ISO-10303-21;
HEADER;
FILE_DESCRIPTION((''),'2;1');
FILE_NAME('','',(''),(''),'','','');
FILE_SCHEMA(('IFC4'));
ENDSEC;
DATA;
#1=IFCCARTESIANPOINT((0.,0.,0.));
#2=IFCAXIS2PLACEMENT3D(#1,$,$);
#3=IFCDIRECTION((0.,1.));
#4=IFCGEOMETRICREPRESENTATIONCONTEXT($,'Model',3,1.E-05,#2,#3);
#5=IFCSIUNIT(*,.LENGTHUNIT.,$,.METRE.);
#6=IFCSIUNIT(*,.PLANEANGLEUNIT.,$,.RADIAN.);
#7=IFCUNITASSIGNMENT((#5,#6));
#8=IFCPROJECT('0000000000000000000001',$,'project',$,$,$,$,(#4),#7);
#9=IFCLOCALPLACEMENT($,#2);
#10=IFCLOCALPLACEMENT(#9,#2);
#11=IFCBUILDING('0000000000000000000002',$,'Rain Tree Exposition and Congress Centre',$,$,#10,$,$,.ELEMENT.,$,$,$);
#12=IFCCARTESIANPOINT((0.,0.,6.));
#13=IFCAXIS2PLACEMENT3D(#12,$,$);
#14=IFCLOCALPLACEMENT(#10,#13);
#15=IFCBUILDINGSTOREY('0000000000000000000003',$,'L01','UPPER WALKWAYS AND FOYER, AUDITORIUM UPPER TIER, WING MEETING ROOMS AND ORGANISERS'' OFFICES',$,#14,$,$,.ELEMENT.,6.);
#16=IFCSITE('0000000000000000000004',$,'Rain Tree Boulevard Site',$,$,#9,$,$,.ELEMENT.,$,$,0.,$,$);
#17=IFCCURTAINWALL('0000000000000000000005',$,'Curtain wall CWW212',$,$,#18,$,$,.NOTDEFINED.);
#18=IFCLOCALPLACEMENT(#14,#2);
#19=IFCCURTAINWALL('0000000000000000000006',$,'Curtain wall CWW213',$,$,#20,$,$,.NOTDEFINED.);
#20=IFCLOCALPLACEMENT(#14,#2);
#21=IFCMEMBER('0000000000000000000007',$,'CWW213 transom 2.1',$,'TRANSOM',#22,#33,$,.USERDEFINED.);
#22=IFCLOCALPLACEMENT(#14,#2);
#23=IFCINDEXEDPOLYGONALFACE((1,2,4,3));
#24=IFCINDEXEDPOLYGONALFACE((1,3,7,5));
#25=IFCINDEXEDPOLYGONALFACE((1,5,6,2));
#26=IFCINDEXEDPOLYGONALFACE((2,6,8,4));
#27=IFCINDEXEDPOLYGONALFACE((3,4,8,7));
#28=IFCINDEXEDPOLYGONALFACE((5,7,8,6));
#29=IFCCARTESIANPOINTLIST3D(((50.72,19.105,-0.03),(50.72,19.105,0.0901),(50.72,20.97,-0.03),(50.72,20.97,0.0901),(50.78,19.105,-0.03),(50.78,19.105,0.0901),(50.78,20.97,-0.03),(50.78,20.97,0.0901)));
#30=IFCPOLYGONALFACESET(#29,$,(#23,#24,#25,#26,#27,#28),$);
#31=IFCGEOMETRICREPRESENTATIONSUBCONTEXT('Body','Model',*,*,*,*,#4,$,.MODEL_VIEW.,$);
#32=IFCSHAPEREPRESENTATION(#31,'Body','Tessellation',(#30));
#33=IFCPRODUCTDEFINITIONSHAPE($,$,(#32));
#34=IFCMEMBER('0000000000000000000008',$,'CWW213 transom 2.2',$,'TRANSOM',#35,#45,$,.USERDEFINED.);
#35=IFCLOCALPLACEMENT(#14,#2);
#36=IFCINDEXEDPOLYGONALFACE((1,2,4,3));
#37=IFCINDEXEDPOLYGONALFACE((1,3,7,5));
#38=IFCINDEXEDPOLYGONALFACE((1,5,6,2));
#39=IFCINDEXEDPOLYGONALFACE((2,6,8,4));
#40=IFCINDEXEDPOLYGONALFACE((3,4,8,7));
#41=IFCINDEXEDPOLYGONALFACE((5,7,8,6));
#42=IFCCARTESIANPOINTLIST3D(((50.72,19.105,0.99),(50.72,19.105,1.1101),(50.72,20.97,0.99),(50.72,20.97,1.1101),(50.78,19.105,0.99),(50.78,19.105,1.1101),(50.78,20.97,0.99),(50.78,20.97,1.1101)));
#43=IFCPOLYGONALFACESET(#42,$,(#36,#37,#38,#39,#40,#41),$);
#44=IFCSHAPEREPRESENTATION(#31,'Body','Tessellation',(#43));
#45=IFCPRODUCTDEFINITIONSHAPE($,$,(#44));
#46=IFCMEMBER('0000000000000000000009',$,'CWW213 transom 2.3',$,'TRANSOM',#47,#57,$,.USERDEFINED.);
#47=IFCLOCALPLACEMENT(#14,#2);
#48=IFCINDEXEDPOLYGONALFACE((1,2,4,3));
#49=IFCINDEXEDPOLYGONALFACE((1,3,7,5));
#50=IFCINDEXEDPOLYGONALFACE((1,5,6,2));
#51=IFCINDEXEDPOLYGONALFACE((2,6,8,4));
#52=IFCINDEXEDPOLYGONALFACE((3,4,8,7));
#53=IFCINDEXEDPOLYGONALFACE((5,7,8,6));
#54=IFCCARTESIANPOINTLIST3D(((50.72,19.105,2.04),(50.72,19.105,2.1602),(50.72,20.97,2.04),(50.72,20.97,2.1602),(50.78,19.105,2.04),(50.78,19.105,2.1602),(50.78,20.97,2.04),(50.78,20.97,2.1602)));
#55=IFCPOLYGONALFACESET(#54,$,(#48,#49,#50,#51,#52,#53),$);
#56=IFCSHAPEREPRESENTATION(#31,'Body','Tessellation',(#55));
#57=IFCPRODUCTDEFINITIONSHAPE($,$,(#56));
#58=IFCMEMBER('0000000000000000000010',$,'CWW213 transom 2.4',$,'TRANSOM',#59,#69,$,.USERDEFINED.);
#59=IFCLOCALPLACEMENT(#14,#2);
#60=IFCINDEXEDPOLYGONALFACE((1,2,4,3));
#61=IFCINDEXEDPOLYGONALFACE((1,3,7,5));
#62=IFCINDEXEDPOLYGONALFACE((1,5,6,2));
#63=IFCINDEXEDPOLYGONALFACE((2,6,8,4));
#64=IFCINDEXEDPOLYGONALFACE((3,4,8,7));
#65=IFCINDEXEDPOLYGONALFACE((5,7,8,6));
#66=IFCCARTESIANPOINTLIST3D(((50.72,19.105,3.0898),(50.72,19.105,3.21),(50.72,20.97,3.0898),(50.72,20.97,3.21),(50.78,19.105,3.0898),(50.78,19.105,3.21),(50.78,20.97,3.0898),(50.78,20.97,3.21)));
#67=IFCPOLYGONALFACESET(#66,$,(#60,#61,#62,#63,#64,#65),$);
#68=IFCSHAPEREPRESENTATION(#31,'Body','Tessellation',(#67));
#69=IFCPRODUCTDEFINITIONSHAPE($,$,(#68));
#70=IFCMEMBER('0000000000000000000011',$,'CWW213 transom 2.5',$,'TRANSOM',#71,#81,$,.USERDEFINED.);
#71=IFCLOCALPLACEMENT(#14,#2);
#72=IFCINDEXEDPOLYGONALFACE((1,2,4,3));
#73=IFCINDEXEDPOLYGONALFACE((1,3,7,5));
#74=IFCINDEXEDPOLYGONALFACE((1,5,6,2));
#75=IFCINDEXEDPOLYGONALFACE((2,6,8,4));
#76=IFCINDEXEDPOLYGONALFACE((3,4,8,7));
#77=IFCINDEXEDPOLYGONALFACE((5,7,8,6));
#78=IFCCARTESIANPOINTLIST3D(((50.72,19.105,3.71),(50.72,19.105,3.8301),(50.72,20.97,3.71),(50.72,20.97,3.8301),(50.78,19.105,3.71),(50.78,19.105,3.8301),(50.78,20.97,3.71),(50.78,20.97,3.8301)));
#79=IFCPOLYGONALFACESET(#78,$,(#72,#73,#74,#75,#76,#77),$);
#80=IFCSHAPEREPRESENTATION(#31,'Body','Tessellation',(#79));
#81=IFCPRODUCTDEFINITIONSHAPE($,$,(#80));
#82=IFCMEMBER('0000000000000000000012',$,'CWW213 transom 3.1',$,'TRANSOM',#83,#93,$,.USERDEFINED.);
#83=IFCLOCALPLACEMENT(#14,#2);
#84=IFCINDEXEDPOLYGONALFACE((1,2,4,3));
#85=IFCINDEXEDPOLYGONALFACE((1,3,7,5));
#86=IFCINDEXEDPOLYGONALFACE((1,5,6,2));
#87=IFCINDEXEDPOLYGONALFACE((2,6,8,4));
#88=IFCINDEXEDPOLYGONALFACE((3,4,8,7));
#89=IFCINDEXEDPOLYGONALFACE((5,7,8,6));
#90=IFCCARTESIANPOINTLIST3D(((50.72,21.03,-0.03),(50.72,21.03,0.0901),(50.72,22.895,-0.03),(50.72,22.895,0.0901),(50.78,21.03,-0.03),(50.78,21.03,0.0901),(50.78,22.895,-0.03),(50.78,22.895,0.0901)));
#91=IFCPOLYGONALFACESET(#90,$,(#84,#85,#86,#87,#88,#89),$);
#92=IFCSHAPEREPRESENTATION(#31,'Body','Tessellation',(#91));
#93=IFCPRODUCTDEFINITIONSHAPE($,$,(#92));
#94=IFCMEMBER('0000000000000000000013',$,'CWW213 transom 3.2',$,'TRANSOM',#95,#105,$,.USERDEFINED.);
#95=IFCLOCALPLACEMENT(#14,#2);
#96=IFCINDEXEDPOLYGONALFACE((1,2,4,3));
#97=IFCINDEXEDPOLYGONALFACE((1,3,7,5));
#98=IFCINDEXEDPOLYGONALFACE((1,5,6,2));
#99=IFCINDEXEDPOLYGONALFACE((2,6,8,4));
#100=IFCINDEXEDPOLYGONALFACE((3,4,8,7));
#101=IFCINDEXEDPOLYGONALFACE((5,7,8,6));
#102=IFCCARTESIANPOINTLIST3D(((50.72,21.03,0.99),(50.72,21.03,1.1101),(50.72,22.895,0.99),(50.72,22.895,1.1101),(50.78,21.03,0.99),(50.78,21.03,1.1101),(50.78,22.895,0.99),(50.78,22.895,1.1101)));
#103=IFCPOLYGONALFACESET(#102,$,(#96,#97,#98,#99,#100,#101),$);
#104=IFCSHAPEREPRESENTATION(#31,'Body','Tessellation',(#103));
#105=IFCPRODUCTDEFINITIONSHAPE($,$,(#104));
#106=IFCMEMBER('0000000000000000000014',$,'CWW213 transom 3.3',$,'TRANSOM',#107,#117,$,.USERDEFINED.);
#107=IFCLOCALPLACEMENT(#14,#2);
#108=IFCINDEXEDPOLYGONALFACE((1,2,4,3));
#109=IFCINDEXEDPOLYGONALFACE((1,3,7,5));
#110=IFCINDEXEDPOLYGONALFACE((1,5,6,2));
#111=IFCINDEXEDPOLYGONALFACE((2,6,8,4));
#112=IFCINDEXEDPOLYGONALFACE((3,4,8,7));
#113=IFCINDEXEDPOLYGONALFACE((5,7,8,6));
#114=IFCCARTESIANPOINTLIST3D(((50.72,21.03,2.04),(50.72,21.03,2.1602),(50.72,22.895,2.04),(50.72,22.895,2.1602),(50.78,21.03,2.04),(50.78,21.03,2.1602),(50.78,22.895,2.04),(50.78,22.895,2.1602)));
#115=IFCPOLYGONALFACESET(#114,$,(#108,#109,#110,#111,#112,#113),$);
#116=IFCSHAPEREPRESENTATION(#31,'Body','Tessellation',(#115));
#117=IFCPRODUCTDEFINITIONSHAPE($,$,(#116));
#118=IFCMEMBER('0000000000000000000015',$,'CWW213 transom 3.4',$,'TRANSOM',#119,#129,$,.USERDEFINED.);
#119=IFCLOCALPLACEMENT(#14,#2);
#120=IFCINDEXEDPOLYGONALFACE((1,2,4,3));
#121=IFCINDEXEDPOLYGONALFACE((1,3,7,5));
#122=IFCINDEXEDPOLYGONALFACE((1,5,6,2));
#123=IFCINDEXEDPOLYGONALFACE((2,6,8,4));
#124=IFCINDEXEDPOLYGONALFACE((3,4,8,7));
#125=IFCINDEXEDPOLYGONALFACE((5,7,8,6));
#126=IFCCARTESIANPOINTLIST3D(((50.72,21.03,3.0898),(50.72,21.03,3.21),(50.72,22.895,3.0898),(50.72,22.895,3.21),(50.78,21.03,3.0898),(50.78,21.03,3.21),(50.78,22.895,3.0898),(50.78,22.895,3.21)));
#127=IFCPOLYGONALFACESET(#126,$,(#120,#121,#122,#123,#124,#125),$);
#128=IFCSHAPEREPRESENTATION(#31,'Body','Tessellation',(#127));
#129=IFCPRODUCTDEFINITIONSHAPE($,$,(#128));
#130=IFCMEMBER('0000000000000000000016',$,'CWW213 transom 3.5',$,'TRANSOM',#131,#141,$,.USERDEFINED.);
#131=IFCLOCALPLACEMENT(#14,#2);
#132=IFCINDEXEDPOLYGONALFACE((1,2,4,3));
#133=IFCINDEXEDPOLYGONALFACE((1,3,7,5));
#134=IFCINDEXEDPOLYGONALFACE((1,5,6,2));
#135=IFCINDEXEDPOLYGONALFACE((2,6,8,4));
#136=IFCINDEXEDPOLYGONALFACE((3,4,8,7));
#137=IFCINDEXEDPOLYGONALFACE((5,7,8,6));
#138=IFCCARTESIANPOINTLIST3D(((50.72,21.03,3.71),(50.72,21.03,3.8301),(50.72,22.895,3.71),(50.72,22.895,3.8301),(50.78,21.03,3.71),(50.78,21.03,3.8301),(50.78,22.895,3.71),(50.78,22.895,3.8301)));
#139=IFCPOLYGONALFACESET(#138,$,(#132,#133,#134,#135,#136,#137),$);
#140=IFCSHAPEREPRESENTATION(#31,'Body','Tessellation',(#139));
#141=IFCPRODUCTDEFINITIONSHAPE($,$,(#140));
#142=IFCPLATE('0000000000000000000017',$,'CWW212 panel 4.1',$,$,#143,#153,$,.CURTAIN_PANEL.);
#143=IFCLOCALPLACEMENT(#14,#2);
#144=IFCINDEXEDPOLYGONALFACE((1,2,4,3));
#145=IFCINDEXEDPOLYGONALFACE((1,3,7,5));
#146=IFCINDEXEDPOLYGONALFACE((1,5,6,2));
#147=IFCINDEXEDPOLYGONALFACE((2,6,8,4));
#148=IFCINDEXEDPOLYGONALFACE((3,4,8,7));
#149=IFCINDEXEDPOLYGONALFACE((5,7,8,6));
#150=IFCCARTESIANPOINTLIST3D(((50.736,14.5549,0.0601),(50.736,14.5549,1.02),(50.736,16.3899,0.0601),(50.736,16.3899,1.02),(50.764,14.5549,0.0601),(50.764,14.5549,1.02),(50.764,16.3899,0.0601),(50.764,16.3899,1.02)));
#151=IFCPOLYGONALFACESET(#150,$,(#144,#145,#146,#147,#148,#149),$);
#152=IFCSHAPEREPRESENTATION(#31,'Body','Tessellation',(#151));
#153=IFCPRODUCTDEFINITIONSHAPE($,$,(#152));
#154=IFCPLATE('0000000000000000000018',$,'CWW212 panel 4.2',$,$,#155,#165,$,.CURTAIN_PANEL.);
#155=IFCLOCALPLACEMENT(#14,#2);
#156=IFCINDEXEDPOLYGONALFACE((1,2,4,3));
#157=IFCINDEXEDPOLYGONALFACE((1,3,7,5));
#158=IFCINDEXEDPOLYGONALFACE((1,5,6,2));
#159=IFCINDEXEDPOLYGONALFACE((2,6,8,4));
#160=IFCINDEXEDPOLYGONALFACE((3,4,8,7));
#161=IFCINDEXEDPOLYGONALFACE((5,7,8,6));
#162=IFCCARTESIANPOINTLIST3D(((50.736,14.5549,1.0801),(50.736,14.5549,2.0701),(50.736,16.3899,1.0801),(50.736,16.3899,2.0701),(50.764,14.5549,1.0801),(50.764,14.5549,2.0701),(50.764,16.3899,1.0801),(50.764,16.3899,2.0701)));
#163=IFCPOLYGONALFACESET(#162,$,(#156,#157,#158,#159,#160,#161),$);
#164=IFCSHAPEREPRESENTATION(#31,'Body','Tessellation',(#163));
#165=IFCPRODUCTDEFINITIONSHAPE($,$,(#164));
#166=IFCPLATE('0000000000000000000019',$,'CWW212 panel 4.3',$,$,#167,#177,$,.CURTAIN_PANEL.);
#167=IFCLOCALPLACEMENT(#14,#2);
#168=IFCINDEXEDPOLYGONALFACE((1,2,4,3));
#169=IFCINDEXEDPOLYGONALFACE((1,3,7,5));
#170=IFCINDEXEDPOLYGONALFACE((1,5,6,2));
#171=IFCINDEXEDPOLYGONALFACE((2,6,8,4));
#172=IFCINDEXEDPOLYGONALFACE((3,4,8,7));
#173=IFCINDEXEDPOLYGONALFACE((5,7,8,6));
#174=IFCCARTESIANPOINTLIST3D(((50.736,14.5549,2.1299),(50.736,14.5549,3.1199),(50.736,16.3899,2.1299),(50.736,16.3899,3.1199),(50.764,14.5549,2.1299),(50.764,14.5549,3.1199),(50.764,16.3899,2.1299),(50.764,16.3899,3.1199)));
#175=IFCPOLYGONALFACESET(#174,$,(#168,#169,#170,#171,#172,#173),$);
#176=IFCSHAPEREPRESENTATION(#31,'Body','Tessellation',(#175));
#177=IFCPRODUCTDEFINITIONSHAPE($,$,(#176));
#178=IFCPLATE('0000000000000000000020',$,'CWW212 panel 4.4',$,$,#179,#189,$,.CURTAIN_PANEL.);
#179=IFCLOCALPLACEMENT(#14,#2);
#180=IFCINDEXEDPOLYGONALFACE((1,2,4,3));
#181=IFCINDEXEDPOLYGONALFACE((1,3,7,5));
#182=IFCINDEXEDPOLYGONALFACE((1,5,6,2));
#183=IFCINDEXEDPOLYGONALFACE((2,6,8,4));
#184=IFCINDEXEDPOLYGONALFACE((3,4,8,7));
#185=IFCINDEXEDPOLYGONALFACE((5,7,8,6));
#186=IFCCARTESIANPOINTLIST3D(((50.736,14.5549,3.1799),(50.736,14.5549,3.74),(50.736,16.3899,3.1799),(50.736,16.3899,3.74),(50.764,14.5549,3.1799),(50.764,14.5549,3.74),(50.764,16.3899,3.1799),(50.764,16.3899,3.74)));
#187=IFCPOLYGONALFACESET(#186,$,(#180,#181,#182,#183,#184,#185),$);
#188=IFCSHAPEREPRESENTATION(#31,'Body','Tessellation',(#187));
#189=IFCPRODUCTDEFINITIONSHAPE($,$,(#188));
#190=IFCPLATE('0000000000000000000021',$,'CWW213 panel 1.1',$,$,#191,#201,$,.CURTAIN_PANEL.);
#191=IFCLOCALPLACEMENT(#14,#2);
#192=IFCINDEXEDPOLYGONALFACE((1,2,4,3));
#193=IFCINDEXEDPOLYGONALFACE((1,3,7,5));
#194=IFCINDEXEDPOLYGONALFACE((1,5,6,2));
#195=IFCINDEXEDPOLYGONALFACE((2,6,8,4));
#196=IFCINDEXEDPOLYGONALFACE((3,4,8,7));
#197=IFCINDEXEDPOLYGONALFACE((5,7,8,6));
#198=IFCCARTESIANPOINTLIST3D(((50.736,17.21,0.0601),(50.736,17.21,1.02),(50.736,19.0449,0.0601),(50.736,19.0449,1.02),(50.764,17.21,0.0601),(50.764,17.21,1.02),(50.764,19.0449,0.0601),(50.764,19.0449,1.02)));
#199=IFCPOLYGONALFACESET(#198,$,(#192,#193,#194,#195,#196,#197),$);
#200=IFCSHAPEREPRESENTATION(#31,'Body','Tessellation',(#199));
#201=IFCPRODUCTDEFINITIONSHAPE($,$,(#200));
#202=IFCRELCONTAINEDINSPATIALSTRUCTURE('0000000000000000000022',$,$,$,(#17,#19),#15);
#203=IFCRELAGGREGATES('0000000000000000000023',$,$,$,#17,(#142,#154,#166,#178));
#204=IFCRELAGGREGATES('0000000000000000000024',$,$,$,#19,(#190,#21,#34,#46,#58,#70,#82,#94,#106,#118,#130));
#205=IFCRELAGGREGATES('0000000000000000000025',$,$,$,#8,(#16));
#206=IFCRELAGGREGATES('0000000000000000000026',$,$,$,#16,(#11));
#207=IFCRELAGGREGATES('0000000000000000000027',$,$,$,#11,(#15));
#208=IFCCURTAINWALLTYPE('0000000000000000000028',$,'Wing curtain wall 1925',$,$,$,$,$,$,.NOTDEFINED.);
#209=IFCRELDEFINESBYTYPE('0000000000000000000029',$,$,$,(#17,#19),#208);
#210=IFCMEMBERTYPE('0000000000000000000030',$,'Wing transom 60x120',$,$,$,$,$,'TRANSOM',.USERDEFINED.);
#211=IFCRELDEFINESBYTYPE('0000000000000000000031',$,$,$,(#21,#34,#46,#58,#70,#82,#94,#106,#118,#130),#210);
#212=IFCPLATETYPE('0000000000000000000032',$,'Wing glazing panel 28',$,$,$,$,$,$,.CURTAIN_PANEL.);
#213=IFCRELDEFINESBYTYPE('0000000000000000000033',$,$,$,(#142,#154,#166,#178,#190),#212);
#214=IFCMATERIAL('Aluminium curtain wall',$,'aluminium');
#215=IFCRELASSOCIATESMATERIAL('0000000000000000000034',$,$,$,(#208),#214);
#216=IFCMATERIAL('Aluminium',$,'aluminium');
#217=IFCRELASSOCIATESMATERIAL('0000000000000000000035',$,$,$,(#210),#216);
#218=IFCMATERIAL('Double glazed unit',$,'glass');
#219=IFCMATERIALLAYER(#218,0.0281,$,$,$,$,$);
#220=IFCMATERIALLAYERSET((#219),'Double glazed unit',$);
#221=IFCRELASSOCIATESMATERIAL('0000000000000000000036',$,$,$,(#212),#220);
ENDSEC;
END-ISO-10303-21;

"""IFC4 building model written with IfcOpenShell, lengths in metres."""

from ifc_helpers import new_model, si_unit, direction, frame, origin, origin_2d, place, context, subcontext, project, spatial, rectangle, extrude, material, layer, layer_set, material_profile, profile_set, type_object, element, aggregate, save


model = new_model("IFC4")

# Units and contexts
model_context = context("Model", 3, precision=1e-05, world=origin(), true_north=direction((0.0, 1.0)))
body_context = subcontext(model_context, "Body", "Model", "MODEL_VIEW")
ifc_project = project(units=[si_unit("LENGTHUNIT", "METRE"), si_unit("PLANEANGLEUNIT", "RADIAN")], contexts=[model_context])

# Site, building, storey
site_placement = place(None, origin())
site = spatial("IfcSite", under=ifc_project, at=site_placement, Name="Rain Tree Boulevard Site", CompositionType="ELEMENT", RefElevation=0.0)
building_placement = place(site_placement, origin())
building = spatial("IfcBuilding", under=site, at=building_placement, Name="Rain Tree Exposition and Congress Centre", CompositionType="ELEMENT")
storey_placement = place(building_placement, frame((0.0, 0.0, 6.0)))
storey = spatial("IfcBuildingStorey", under=building, at=storey_placement, Name="L01", Description="UPPER WALKWAYS AND FOYER, AUDITORIUM UPPER TIER, WING MEETING ROOMS AND ORGANISERS' OFFICES", CompositionType="ELEMENT", Elevation=6.0)

# Curtain wall
ifc_material_1 = material(Name="Aluminium curtain wall", Category="aluminium")
curtain_wall_type = type_object("IfcCurtainWallType", Name="Wing curtain wall 1925", PredefinedType="NOTDEFINED", material=ifc_material_1)
curtain_wall_1_placement = place(storey_placement, origin())
curtain_wall_1 = element("IfcCurtainWall", 1, at=curtain_wall_1_placement, inside=storey, type_object=curtain_wall_type, Name="Curtain wall CWW212", PredefinedType="NOTDEFINED")

# Curtain wall
curtain_wall_2_placement = place(storey_placement, origin())
curtain_wall_2 = element("IfcCurtainWall", 2, at=curtain_wall_2_placement, inside=storey, type_object=curtain_wall_type, Name="Curtain wall CWW213", PredefinedType="NOTDEFINED")

# Members
ifc_material_2 = material(Name="Aluminium", Category="aluminium")
ifc_material_profile_1 = material_profile(ifc_material_2, rectangle(XDim=0.0601, YDim=0.1201, at=origin_2d()), Name="Aluminium 60x120")
ifc_profile_set_1 = profile_set([ifc_material_profile_1], Name="Aluminium")
member_type_1 = type_object("IfcMemberType", Name="Wing transom 60x120", ElementType="TRANSOM", PredefinedType="USERDEFINED", material=ifc_profile_set_1)
member_1_placement = place(storey_placement, frame((50.75, 19.105, 0.03), z_axis=(0.0, 1.0, 0.0), x_axis=(-1.0, 0.0, 0.0)))
member_1 = element("IfcMember", 3, at=member_1_placement, type_object=member_type_1, Name="CWW213 transom 2.1", ObjectType="TRANSOM", PredefinedType="USERDEFINED", context=body_context, shape_type="SweptSolid", body=[
    extrude(rectangle(XDim=0.0601, YDim=0.1201, at=origin_2d()), origin(), (0.0, 0.0, 1.0), 1.865),
])
member_2_placement = place(storey_placement, frame((50.75, 19.105, 1.05), z_axis=(0.0, 1.0, 0.0), x_axis=(-1.0, 0.0, 0.0)))
member_2 = element("IfcMember", 4, at=member_2_placement, type_object=member_type_1, Name="CWW213 transom 2.2", ObjectType="TRANSOM", PredefinedType="USERDEFINED", context=body_context, shape_type="SweptSolid", body=[
    extrude(rectangle(XDim=0.0601, YDim=0.1201, at=origin_2d()), origin(), (0.0, 0.0, 1.0), 1.865),
])
member_3_placement = place(storey_placement, frame((50.75, 19.105, 2.1001), z_axis=(0.0, 1.0, 0.0), x_axis=(-1.0, 0.0, 0.0)))
member_3 = element("IfcMember", 5, at=member_3_placement, type_object=member_type_1, Name="CWW213 transom 2.3", ObjectType="TRANSOM", PredefinedType="USERDEFINED", context=body_context, shape_type="SweptSolid", body=[
    extrude(rectangle(XDim=0.0601, YDim=0.1201, at=origin_2d()), origin(), (0.0, 0.0, 1.0), 1.865),
])
member_4_placement = place(storey_placement, frame((50.75, 19.105, 3.1499), z_axis=(0.0, 1.0, 0.0), x_axis=(-1.0, 0.0, 0.0)))
member_4 = element("IfcMember", 6, at=member_4_placement, type_object=member_type_1, Name="CWW213 transom 2.4", ObjectType="TRANSOM", PredefinedType="USERDEFINED", context=body_context, shape_type="SweptSolid", body=[
    extrude(rectangle(XDim=0.0601, YDim=0.1201, at=origin_2d()), origin(), (0.0, 0.0, 1.0), 1.865),
])
member_5_placement = place(storey_placement, frame((50.75, 19.105, 3.77), z_axis=(0.0, 1.0, 0.0), x_axis=(-1.0, 0.0, 0.0)))
member_5 = element("IfcMember", 7, at=member_5_placement, type_object=member_type_1, Name="CWW213 transom 2.5", ObjectType="TRANSOM", PredefinedType="USERDEFINED", context=body_context, shape_type="SweptSolid", body=[
    extrude(rectangle(XDim=0.0601, YDim=0.1201, at=origin_2d()), origin(), (0.0, 0.0, 1.0), 1.865),
])
member_6_placement = place(storey_placement, frame((50.75, 21.03, 0.03), z_axis=(0.0, 1.0, 0.0), x_axis=(-1.0, 0.0, 0.0)))
member_6 = element("IfcMember", 8, at=member_6_placement, type_object=member_type_1, Name="CWW213 transom 3.1", ObjectType="TRANSOM", PredefinedType="USERDEFINED", context=body_context, shape_type="SweptSolid", body=[
    extrude(rectangle(XDim=0.0601, YDim=0.1201, at=origin_2d()), origin(), (0.0, 0.0, 1.0), 1.865),
])
member_7_placement = place(storey_placement, frame((50.75, 21.03, 1.05), z_axis=(0.0, 1.0, 0.0), x_axis=(-1.0, 0.0, 0.0)))
member_7 = element("IfcMember", 9, at=member_7_placement, type_object=member_type_1, Name="CWW213 transom 3.2", ObjectType="TRANSOM", PredefinedType="USERDEFINED", context=body_context, shape_type="SweptSolid", body=[
    extrude(rectangle(XDim=0.0601, YDim=0.1201, at=origin_2d()), origin(), (0.0, 0.0, 1.0), 1.865),
])
member_8_placement = place(storey_placement, frame((50.75, 21.03, 2.1001), z_axis=(0.0, 1.0, 0.0), x_axis=(-1.0, 0.0, 0.0)))
member_8 = element("IfcMember", 10, at=member_8_placement, type_object=member_type_1, Name="CWW213 transom 3.3", ObjectType="TRANSOM", PredefinedType="USERDEFINED", context=body_context, shape_type="SweptSolid", body=[
    extrude(rectangle(XDim=0.0601, YDim=0.1201, at=origin_2d()), origin(), (0.0, 0.0, 1.0), 1.865),
])
member_9_placement = place(storey_placement, frame((50.75, 21.03, 3.1499), z_axis=(0.0, 1.0, 0.0), x_axis=(-1.0, 0.0, 0.0)))
member_9 = element("IfcMember", 11, at=member_9_placement, type_object=member_type_1, Name="CWW213 transom 3.4", ObjectType="TRANSOM", PredefinedType="USERDEFINED", context=body_context, shape_type="SweptSolid", body=[
    extrude(rectangle(XDim=0.0601, YDim=0.1201, at=origin_2d()), origin(), (0.0, 0.0, 1.0), 1.865),
])
member_10_placement = place(storey_placement, frame((50.75, 21.03, 3.77), z_axis=(0.0, 1.0, 0.0), x_axis=(-1.0, 0.0, 0.0)))
member_10 = element("IfcMember", 12, at=member_10_placement, type_object=member_type_1, Name="CWW213 transom 3.5", ObjectType="TRANSOM", PredefinedType="USERDEFINED", context=body_context, shape_type="SweptSolid", body=[
    extrude(rectangle(XDim=0.0601, YDim=0.1201, at=origin_2d()), origin(), (0.0, 0.0, 1.0), 1.865),
])

# Plates
ifc_material_3 = material(Name="Double glazed unit", Category="glass")
ifc_layer = layer(ifc_material_3, 0.0281)
ifc_layer_set = layer_set([ifc_layer], Name="Double glazed unit")
plate_type = type_object("IfcPlateType", Name="Wing glazing panel 28", PredefinedType="CURTAIN_PANEL", material=ifc_layer_set)
plate_1_placement = place(storey_placement, frame((50.75, 15.4724, 0.0601), z_axis=(0.0, 0.0, 1.0), x_axis=(0.0, 1.0, 0.0)))
plate_1 = element("IfcPlate", 13, at=plate_1_placement, type_object=plate_type, Name="CWW212 panel 4.1", PredefinedType="CURTAIN_PANEL", context=body_context, shape_type="SweptSolid", body=[
    extrude(rectangle(XDim=1.835, YDim=0.0281, at=origin_2d()), origin(), (0.0, 0.0, 1.0), 0.96),
])
plate_2_placement = place(storey_placement, frame((50.75, 15.4724, 1.0801), z_axis=(0.0, 0.0, 1.0), x_axis=(0.0, 1.0, 0.0)))
plate_2 = element("IfcPlate", 14, at=plate_2_placement, type_object=plate_type, Name="CWW212 panel 4.2", PredefinedType="CURTAIN_PANEL", context=body_context, shape_type="SweptSolid", body=[
    extrude(rectangle(XDim=1.835, YDim=0.0281, at=origin_2d()), origin(), (0.0, 0.0, 1.0), 0.99),
])
plate_3_placement = place(storey_placement, frame((50.75, 15.4724, 2.1299), z_axis=(0.0, 0.0, 1.0), x_axis=(0.0, 1.0, 0.0)))
plate_3 = element("IfcPlate", 15, at=plate_3_placement, type_object=plate_type, Name="CWW212 panel 4.3", PredefinedType="CURTAIN_PANEL", context=body_context, shape_type="SweptSolid", body=[
    extrude(rectangle(XDim=1.835, YDim=0.0281, at=origin_2d()), origin(), (0.0, 0.0, 1.0), 0.99),
])
plate_4_placement = place(storey_placement, frame((50.75, 15.4724, 3.1799), z_axis=(0.0, 0.0, 1.0), x_axis=(0.0, 1.0, 0.0)))
plate_4 = element("IfcPlate", 16, at=plate_4_placement, type_object=plate_type, Name="CWW212 panel 4.4", PredefinedType="CURTAIN_PANEL", context=body_context, shape_type="SweptSolid", body=[
    extrude(rectangle(XDim=1.835, YDim=0.0281, at=origin_2d()), origin(), (0.0, 0.0, 1.0), 0.5601),
])
aggregate(curtain_wall_1, [plate_1, plate_2, plate_3, plate_4])
plate_5_placement = place(storey_placement, frame((50.75, 18.1274, 0.0601), z_axis=(0.0, 0.0, 1.0), x_axis=(0.0, 1.0, 0.0)))
plate_5 = element("IfcPlate", 17, at=plate_5_placement, type_object=plate_type, Name="CWW213 panel 1.1", PredefinedType="CURTAIN_PANEL", context=body_context, shape_type="SweptSolid", body=[
    extrude(rectangle(XDim=1.835, YDim=0.0281, at=origin_2d()), origin(), (0.0, 0.0, 1.0), 0.96),
])
aggregate(curtain_wall_2, [plate_5, member_1, member_2, member_3, member_4, member_5, member_6, member_7, member_8, member_9, member_10])

save(model, "model.ifc")
